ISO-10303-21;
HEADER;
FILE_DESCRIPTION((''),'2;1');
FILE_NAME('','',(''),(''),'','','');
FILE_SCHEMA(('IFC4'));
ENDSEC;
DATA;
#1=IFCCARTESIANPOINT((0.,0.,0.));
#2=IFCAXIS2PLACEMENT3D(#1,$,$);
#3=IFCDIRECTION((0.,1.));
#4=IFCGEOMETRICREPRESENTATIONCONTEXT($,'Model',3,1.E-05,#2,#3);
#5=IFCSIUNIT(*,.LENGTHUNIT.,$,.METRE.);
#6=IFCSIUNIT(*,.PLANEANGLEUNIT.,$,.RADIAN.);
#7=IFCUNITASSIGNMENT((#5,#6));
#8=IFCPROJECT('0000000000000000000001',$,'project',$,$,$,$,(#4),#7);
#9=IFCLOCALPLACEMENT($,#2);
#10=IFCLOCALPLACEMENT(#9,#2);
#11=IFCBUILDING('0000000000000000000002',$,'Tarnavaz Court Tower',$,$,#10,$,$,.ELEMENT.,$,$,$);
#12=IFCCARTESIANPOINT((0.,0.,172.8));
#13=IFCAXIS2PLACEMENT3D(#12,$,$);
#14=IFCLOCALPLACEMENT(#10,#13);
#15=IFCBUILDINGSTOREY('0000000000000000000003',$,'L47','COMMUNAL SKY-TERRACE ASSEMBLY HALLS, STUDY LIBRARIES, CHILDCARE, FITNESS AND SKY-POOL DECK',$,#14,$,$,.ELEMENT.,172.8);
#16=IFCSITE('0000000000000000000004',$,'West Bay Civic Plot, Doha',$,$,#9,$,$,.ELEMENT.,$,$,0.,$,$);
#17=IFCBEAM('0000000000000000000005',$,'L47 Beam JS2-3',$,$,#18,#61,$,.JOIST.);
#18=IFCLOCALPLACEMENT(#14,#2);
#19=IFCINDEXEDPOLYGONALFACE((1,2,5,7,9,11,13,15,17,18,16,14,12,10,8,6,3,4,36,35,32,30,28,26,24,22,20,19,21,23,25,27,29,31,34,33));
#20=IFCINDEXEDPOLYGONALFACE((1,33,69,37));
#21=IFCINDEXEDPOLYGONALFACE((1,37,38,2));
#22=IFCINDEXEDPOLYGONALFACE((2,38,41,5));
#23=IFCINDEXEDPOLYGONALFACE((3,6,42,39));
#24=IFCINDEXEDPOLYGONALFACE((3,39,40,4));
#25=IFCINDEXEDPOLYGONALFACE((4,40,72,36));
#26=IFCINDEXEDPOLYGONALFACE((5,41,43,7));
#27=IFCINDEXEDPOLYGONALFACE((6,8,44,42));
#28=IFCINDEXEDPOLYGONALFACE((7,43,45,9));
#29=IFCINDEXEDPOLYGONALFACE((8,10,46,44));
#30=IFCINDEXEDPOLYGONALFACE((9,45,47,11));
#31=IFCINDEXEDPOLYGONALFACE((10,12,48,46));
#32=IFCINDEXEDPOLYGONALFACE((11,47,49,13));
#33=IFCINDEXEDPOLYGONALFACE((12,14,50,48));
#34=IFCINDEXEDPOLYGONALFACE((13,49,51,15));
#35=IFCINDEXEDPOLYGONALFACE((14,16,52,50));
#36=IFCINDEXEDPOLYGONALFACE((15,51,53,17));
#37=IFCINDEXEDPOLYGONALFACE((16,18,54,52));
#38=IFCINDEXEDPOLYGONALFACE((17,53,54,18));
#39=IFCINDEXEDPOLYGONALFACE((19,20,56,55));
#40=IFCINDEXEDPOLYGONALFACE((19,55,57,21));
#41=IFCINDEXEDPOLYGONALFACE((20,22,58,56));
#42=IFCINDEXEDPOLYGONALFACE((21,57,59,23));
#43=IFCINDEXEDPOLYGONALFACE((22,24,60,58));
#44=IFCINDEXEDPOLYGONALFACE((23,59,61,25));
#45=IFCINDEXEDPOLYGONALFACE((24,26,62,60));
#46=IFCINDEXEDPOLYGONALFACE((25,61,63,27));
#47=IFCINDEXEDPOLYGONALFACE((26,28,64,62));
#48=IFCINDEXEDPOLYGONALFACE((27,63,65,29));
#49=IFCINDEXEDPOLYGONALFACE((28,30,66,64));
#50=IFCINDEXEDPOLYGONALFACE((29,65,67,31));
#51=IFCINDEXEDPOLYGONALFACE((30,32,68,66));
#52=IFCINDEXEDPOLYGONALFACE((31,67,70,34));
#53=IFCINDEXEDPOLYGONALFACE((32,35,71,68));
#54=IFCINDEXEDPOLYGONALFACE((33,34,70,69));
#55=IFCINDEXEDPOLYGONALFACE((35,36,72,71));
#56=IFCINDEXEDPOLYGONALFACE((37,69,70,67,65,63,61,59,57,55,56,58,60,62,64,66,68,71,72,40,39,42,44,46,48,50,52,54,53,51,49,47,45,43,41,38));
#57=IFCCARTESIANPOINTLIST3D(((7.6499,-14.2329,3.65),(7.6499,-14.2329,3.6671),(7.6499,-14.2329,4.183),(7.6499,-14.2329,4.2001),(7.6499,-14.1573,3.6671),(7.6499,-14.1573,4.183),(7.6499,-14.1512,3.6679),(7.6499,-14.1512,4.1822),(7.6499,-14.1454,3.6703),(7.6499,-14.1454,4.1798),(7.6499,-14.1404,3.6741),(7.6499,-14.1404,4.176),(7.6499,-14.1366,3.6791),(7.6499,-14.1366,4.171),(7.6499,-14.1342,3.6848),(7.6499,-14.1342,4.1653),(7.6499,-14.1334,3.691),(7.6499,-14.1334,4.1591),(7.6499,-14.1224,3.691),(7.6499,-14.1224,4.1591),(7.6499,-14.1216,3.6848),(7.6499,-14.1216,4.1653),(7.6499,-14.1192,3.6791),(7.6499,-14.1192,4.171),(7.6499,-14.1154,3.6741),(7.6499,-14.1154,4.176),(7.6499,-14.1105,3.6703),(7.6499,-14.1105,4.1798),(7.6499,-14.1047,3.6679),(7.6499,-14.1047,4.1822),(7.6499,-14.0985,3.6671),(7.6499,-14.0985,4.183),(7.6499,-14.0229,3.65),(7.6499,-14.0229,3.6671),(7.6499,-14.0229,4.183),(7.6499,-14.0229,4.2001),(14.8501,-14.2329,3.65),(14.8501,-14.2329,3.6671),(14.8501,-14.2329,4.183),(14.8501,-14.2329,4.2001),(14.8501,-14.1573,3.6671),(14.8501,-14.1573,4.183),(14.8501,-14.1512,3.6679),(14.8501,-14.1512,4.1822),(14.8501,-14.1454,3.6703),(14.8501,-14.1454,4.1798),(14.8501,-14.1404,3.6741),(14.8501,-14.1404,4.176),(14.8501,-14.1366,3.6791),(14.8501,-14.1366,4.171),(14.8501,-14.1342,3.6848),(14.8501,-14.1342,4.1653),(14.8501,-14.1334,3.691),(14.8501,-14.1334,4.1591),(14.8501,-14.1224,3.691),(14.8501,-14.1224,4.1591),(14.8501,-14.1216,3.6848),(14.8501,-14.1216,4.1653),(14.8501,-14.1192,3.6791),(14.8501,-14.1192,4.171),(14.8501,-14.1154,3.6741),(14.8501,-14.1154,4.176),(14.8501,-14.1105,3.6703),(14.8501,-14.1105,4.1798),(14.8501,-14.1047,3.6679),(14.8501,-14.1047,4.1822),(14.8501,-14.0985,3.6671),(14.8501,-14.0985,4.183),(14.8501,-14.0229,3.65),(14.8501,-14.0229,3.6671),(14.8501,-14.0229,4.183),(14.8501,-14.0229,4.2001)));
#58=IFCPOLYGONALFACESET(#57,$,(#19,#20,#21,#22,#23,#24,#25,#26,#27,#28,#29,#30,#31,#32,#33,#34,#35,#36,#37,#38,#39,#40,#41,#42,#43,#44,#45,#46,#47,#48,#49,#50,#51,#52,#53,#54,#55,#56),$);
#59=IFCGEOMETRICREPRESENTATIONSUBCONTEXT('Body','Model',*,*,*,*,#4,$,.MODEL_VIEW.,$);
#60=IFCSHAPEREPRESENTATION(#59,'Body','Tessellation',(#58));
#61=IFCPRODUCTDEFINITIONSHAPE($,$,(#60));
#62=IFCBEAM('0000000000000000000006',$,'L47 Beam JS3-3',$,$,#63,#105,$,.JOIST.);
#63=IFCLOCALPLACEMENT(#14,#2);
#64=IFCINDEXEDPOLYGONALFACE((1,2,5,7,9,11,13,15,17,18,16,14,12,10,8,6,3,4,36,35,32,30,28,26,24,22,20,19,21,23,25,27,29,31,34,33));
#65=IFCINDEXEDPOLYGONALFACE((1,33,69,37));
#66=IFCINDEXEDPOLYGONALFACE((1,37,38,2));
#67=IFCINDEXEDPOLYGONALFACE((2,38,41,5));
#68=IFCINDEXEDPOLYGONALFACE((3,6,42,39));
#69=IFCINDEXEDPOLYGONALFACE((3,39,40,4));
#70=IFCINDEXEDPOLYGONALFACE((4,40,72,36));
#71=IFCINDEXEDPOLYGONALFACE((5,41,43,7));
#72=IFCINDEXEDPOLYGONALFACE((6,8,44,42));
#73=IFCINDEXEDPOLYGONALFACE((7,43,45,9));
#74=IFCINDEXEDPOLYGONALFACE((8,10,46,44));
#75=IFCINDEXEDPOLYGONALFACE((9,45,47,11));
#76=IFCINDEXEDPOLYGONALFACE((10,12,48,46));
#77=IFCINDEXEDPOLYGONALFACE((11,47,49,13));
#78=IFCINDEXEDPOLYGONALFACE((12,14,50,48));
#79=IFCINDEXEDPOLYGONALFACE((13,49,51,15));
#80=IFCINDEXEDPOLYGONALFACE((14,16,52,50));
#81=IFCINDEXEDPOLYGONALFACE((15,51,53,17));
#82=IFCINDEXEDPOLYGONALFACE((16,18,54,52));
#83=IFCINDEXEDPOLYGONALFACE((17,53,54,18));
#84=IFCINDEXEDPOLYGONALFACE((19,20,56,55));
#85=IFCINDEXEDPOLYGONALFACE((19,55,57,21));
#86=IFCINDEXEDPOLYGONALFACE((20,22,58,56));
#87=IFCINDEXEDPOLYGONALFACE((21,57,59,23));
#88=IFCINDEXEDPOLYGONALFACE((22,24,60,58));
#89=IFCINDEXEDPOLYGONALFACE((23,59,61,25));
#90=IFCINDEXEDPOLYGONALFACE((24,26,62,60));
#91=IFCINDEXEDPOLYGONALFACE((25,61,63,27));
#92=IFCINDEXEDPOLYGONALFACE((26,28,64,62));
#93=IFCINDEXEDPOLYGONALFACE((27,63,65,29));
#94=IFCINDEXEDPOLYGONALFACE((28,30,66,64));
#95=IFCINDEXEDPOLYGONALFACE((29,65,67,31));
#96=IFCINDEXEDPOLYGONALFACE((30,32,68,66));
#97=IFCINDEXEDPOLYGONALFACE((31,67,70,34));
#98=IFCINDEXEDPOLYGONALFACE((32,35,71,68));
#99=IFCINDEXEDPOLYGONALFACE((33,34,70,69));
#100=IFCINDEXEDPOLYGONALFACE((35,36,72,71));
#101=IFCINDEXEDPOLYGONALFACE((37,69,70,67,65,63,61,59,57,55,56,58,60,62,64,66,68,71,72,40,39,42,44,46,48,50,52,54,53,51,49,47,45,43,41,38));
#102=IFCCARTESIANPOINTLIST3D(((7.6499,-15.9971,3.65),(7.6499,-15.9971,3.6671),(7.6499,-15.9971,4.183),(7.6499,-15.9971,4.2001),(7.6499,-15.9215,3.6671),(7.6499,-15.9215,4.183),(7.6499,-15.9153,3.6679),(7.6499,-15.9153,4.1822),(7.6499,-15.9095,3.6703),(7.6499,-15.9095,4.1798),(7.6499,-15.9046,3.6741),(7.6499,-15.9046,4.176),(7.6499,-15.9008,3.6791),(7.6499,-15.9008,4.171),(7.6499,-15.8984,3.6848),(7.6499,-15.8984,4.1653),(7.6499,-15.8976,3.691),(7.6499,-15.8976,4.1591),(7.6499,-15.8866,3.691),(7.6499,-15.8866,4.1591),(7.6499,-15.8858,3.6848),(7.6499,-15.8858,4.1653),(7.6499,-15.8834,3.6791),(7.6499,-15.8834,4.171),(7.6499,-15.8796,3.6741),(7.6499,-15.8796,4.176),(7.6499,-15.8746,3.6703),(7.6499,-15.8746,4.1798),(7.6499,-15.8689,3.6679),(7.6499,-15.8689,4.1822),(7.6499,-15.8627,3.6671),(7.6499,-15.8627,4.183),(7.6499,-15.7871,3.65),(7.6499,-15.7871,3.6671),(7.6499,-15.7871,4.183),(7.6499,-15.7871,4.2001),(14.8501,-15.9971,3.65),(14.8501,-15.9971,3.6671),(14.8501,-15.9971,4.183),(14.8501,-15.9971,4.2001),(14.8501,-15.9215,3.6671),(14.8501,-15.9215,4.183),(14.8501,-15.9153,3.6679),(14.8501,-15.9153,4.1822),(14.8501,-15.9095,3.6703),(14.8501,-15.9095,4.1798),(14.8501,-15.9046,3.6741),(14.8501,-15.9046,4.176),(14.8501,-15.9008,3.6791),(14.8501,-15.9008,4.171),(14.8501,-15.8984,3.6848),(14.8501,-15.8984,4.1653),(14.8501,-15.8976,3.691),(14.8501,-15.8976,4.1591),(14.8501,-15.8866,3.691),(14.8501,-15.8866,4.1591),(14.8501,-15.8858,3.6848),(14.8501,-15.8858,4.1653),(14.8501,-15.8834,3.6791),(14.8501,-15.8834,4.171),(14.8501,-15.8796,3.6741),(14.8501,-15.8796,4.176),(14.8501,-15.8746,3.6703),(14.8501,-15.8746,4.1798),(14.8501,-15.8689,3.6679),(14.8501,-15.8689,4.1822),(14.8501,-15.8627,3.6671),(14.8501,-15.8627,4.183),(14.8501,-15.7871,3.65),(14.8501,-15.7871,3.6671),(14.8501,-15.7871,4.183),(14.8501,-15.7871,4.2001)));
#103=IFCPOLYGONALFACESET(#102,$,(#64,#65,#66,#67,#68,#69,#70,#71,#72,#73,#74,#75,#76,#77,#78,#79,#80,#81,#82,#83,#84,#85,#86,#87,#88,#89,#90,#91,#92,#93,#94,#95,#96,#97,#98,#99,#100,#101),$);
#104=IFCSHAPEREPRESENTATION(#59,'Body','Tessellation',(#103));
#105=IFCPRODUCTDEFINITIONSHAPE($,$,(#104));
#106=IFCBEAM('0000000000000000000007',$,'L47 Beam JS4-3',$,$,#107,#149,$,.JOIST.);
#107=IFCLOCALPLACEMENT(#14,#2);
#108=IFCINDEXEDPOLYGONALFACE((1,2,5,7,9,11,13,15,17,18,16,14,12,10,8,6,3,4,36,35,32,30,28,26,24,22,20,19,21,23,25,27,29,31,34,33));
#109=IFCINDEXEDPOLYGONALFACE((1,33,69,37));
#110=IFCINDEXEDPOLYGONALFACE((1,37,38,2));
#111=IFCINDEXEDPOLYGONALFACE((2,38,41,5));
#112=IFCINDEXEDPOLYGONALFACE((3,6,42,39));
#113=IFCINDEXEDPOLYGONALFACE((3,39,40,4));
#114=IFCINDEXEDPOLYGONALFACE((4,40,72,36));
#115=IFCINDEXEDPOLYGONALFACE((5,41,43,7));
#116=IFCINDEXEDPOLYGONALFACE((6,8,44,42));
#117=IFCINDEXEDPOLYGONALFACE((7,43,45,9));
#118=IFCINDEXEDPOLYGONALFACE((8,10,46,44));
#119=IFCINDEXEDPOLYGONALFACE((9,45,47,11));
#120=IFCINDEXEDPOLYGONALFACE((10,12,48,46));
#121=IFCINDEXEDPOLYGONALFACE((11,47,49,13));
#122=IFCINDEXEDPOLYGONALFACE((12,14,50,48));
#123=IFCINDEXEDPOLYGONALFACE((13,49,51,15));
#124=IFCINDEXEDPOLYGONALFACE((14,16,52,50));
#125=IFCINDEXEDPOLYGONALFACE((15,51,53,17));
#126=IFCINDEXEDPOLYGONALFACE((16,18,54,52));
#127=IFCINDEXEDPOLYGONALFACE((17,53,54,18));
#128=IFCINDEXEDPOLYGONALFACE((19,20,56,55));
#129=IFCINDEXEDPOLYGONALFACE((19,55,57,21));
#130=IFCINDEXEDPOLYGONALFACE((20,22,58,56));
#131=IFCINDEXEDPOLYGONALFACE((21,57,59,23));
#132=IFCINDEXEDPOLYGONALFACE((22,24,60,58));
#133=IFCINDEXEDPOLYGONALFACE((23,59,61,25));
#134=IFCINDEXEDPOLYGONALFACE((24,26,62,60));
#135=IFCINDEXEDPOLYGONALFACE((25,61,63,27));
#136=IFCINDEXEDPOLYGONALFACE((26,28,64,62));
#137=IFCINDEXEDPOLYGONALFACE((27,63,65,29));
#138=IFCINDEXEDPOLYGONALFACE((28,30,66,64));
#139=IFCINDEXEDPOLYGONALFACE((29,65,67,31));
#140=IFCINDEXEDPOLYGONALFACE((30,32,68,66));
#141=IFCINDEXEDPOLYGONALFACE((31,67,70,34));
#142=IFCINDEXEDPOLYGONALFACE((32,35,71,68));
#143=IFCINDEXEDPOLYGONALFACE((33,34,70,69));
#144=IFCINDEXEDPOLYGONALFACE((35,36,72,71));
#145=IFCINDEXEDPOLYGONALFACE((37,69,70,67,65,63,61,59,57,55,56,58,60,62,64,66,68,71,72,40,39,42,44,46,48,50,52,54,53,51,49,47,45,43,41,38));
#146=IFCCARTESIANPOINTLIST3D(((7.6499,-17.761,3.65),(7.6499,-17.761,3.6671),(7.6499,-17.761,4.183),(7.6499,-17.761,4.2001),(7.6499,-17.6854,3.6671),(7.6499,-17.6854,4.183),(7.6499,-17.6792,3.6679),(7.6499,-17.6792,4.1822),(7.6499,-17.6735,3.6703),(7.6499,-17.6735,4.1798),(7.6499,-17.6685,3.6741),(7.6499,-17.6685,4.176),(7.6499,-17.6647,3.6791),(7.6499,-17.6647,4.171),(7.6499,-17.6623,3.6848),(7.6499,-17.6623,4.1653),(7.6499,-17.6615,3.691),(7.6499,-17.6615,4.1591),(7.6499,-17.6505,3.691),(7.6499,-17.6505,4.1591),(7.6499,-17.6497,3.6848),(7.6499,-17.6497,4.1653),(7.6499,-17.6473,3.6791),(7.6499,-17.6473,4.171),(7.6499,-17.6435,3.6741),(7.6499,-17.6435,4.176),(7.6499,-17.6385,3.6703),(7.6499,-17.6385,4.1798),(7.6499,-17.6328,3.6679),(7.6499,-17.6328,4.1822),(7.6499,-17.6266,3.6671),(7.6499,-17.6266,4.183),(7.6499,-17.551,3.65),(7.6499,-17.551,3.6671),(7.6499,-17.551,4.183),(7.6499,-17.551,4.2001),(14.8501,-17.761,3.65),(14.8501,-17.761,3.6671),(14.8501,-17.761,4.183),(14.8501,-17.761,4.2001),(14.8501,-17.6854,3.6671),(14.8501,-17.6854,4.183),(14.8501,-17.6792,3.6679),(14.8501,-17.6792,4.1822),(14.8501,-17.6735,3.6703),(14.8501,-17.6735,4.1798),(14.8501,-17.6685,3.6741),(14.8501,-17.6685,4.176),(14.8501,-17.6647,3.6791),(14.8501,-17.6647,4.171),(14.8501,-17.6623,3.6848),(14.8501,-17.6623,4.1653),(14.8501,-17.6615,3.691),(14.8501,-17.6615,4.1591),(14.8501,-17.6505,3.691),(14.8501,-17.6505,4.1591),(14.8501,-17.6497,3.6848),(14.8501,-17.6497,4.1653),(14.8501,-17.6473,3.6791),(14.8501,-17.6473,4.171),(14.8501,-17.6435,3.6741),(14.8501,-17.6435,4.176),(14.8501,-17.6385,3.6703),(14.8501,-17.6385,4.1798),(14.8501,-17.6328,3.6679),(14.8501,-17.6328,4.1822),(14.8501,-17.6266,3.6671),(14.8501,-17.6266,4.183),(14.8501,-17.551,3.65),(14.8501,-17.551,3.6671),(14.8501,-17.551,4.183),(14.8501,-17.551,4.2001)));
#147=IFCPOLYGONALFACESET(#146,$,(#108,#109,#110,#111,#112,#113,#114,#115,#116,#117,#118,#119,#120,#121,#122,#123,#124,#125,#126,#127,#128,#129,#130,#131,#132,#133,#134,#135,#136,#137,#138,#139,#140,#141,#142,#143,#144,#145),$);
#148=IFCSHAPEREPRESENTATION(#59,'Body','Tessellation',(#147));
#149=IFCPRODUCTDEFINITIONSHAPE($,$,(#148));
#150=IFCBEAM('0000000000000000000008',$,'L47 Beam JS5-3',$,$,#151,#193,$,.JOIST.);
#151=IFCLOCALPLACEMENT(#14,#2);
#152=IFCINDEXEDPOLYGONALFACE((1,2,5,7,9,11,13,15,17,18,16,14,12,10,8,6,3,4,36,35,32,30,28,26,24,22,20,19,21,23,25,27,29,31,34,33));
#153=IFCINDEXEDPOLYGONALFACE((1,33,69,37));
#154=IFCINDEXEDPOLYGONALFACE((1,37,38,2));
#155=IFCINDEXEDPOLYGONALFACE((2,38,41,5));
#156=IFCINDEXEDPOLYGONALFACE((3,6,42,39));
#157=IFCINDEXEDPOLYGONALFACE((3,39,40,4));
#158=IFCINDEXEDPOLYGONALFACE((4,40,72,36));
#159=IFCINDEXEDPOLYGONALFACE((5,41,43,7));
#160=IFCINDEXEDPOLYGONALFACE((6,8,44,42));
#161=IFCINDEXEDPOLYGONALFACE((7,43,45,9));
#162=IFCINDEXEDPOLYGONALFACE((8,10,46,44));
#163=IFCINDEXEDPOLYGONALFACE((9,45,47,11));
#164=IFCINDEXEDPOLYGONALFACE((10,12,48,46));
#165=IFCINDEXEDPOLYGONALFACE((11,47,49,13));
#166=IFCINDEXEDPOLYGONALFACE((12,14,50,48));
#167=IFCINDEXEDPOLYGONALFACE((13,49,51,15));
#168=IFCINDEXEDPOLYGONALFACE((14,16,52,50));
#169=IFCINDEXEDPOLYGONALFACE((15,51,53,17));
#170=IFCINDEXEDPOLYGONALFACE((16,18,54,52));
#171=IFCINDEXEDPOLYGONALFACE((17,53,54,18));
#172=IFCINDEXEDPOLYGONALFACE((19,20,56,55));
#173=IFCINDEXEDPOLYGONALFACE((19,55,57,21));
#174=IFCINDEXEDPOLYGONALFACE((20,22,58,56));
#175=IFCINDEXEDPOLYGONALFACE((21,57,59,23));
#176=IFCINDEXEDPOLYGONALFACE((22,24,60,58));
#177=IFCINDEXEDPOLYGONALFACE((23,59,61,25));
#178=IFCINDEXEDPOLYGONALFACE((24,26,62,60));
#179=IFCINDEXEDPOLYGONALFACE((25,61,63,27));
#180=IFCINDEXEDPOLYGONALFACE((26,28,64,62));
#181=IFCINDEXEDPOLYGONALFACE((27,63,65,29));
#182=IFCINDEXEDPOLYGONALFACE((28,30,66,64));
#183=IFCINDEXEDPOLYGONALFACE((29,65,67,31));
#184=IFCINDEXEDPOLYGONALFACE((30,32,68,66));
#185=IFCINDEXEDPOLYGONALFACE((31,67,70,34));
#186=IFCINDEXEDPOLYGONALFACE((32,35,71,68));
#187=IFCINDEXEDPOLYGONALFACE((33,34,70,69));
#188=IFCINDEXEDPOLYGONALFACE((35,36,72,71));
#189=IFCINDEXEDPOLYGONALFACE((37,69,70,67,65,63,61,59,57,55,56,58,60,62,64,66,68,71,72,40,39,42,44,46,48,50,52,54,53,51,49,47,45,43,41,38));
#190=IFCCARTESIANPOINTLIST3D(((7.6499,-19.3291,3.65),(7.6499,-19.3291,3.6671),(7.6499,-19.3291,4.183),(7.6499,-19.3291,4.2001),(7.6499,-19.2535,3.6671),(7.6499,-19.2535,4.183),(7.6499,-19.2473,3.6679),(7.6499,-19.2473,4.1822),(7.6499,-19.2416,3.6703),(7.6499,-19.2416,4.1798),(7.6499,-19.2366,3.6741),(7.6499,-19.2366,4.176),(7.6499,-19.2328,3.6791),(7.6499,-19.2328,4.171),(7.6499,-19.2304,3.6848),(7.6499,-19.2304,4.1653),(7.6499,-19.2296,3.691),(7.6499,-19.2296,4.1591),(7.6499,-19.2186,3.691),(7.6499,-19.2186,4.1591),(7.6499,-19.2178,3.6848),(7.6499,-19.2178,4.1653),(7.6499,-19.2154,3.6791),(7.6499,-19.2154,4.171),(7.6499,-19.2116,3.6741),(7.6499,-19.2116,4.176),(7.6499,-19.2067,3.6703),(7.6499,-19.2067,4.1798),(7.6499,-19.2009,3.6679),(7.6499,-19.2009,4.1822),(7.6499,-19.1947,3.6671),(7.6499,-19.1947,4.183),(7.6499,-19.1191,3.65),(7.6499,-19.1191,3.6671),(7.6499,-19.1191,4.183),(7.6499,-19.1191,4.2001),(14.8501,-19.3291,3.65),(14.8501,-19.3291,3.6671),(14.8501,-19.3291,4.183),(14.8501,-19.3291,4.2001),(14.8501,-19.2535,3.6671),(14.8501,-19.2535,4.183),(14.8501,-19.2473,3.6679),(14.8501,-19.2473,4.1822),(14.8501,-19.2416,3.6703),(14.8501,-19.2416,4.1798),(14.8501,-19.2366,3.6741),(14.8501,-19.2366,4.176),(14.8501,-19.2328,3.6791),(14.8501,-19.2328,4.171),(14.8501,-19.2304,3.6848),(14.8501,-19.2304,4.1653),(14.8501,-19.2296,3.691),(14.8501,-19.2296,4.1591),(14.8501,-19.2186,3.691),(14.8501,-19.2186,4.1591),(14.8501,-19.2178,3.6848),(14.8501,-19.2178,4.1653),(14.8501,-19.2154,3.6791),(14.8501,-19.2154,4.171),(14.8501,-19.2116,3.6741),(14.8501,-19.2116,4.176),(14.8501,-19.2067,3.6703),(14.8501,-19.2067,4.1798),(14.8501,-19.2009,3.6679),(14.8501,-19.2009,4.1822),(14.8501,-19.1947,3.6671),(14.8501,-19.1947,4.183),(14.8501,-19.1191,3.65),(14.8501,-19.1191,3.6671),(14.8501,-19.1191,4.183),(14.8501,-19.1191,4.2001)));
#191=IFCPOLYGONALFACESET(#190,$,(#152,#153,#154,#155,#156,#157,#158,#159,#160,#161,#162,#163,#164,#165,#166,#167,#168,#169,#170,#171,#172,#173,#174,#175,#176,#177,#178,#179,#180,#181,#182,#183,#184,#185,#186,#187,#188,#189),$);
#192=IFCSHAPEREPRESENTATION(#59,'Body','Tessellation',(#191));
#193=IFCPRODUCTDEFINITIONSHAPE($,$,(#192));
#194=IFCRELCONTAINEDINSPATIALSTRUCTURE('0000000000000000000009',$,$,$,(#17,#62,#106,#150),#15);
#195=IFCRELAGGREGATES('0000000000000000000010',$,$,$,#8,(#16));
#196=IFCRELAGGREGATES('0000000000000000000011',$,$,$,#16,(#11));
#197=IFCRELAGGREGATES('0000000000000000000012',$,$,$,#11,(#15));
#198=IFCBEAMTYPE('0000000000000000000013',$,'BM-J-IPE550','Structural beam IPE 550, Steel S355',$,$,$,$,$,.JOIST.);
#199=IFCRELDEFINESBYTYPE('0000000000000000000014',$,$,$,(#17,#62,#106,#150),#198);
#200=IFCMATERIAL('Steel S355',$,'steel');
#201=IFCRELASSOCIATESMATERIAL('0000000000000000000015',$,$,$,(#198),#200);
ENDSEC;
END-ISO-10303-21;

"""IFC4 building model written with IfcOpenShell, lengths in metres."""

from ifc_helpers import new_model, si_unit, direction, frame, origin, origin_2d, place, context, subcontext, project, spatial, i_section, extrude, material, material_profile, profile_set, type_object, element, save


model = new_model("IFC4")

# Units and contexts
model_context = context("Model", 3, precision=1e-05, world=origin(), true_north=direction((0.0, 1.0)))
body_context = subcontext(model_context, "Body", "Model", "MODEL_VIEW")
ifc_project = project(units=[si_unit("LENGTHUNIT", "METRE"), si_unit("PLANEANGLEUNIT", "RADIAN")], contexts=[model_context])

# Site, building, storey
site_placement = place(None, origin())
site = spatial("IfcSite", under=ifc_project, at=site_placement, Name="West Bay Civic Plot, Doha", CompositionType="ELEMENT", RefElevation=0.0)
building_placement = place(site_placement, origin())
building = spatial("IfcBuilding", under=site, at=building_placement, Name="Tarnavaz Court Tower", CompositionType="ELEMENT")
storey_placement = place(building_placement, frame((0.0, 0.0, 172.8)))
storey = spatial("IfcBuildingStorey", under=building, at=storey_placement, Name="L47", Description="COMMUNAL SKY-TERRACE ASSEMBLY HALLS, STUDY LIBRARIES, CHILDCARE, FITNESS AND SKY-POOL DECK", CompositionType="ELEMENT", Elevation=172.8)

# Beams
ifc_material_1 = material(Name="Steel S355", Category="steel")
ifc_material_profile_1 = material_profile(ifc_material_1, i_section(OverallWidth=0.21, OverallDepth=0.55, WebThickness=0.011, FlangeThickness=0.0171, FilletRadius=0.0239, at=origin_2d()), Name="IPE 550")
ifc_profile_set_1 = profile_set([ifc_material_profile_1], Name="Steel S355")
beam_type_1 = type_object("IfcBeamType", Name="BM-J-IPE550", Description="Structural beam IPE 550, Steel S355", PredefinedType="JOIST", material=ifc_profile_set_1)
for number, where, z_axis, x_axis, name in (
    (1, (7.6499, -14.1279, 3.925), (1.0, 0.0, 0.0), (0.0, 1.0, 0.0), "L47 Beam JS2-3"),
    (2, (7.6499, -15.8921, 3.925), (1.0, 0.0, 0.0), (0.0, 1.0, 0.0), "L47 Beam JS3-3"),
    (3, (7.6499, -17.656, 3.925), (1.0, 0.0, 0.0), (0.0, 1.0, 0.0), "L47 Beam JS4-3"),
    (4, (7.6499, -19.2241, 3.925), (1.0, 0.0, 0.0), (0.0, 1.0, 0.0), "L47 Beam JS5-3"),
):
    element("IfcBeam", number, at=place(storey_placement, frame(where, z_axis=z_axis, x_axis=x_axis)), inside=storey, type_object=beam_type_1, Name=name, PredefinedType="JOIST", context=body_context, shape_type="SweptSolid", body=[
        extrude(i_section(OverallWidth=0.21, OverallDepth=0.55, WebThickness=0.011, FlangeThickness=0.0171, FilletRadius=0.0239, at=origin_2d()), origin(), (0.0, 0.0, 1.0), 7.2002),
    ])

save(model, "model.ifc")
